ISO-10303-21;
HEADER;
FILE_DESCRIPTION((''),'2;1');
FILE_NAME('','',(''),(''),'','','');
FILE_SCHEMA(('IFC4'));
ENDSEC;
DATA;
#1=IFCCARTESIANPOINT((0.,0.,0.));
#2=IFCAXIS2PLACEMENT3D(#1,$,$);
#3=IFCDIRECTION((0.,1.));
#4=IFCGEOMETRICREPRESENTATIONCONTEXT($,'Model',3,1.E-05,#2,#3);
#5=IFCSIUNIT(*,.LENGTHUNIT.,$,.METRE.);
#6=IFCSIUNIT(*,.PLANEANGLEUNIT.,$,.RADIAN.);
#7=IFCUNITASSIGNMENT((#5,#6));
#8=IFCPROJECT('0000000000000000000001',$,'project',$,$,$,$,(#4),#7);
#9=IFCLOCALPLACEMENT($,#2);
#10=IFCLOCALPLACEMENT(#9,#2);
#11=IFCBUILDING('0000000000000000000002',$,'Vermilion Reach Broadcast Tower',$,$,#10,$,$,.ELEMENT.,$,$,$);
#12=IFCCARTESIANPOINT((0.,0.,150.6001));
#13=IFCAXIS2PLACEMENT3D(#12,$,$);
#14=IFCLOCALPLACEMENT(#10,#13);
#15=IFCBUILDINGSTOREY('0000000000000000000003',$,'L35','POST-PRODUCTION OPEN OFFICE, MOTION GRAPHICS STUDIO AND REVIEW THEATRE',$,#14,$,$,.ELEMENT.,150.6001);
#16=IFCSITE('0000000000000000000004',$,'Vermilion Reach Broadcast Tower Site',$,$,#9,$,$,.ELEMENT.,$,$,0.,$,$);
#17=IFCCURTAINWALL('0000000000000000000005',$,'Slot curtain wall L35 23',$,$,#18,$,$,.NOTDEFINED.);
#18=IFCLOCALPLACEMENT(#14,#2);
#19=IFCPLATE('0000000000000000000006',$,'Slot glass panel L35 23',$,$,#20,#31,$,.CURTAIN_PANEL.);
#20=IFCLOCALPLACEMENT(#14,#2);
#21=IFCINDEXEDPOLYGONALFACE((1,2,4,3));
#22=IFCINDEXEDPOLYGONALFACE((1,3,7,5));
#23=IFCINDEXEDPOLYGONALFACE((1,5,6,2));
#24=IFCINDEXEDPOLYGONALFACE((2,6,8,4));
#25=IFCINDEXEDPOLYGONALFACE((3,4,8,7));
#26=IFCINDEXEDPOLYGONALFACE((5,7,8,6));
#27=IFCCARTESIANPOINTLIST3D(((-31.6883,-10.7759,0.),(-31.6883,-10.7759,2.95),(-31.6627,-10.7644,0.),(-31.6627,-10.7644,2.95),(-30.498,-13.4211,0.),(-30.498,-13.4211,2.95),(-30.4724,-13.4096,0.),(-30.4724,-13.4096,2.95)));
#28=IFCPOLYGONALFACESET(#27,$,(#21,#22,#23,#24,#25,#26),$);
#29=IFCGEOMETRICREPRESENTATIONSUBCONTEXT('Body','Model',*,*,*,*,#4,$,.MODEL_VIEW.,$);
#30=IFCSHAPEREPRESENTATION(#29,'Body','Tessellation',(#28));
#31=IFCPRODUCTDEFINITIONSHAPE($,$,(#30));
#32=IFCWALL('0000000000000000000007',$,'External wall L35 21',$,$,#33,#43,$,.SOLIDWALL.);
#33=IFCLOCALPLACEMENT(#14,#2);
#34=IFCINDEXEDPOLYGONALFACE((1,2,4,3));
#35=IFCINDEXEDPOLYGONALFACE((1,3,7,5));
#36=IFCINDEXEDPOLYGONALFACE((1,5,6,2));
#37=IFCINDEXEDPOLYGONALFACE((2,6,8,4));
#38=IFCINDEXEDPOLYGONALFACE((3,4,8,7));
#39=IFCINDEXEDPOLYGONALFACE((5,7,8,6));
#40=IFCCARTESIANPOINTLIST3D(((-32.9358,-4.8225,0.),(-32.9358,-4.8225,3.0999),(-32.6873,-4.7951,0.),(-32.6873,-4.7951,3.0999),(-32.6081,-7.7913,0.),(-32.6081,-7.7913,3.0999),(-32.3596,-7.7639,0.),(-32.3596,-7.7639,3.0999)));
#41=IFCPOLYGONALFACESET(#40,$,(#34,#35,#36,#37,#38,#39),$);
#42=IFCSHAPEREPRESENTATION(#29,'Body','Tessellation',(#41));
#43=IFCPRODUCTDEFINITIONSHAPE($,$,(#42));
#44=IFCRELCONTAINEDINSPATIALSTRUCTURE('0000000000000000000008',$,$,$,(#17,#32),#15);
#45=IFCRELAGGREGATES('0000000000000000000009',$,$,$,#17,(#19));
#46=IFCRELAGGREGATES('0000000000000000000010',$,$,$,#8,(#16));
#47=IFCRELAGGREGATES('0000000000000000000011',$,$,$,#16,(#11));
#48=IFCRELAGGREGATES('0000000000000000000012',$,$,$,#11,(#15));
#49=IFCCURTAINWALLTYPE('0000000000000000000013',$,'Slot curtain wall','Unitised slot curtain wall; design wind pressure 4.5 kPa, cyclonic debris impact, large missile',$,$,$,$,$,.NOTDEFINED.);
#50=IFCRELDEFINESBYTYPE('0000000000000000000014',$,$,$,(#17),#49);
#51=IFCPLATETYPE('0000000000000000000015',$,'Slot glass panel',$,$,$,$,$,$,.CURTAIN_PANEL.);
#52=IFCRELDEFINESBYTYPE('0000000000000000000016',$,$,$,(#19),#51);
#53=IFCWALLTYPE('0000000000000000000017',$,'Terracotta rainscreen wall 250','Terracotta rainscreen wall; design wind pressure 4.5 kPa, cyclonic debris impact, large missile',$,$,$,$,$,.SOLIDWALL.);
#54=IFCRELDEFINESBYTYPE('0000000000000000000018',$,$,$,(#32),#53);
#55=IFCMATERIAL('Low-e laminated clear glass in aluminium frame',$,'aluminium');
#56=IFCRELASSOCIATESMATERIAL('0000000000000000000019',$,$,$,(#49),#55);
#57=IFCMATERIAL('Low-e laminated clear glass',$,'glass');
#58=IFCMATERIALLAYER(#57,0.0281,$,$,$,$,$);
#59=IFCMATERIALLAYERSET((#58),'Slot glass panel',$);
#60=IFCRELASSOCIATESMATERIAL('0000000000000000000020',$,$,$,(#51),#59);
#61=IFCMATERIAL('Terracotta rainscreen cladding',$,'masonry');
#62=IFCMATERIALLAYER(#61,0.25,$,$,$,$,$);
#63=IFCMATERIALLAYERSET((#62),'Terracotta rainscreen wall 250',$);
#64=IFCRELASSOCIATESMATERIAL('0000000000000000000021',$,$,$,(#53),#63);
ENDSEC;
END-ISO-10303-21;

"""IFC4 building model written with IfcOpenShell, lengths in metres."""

from ifc_helpers import new_model, si_unit, direction, frame, frame_2d, origin, origin_2d, place, context, subcontext, project, spatial, rectangle, extrude, material, layer, layer_set, type_object, element, aggregate, save


model = new_model("IFC4")

# Units and contexts
model_context = context("Model", 3, precision=1e-05, world=origin(), true_north=direction((0.0, 1.0)))
body_context = subcontext(model_context, "Body", "Model", "MODEL_VIEW")
ifc_project = project(units=[si_unit("LENGTHUNIT", "METRE"), si_unit("PLANEANGLEUNIT", "RADIAN")], contexts=[model_context])

# Site, building, storey
site_placement = place(None, origin())
site = spatial("IfcSite", under=ifc_project, at=site_placement, Name="Vermilion Reach Broadcast Tower Site", CompositionType="ELEMENT", RefElevation=0.0)
building_placement = place(site_placement, origin())
building = spatial("IfcBuilding", under=site, at=building_placement, Name="Vermilion Reach Broadcast Tower", CompositionType="ELEMENT")
storey_placement = place(building_placement, frame((0.0, 0.0, 150.6001)))
storey = spatial("IfcBuildingStorey", under=building, at=storey_placement, Name="L35", Description="POST-PRODUCTION OPEN OFFICE, MOTION GRAPHICS STUDIO AND REVIEW THEATRE", CompositionType="ELEMENT", Elevation=150.6001)

# Curtain wall
ifc_material_1 = material(Name="Low-e laminated clear glass in aluminium frame", Category="aluminium")
curtain_wall_type = type_object("IfcCurtainWallType", Name="Slot curtain wall", Description="Unitised slot curtain wall; design wind pressure 4.5 kPa, cyclonic debris impact, large missile", PredefinedType="NOTDEFINED", material=ifc_material_1)
placement = place(storey_placement, origin())
curtain_wall_1 = element("IfcCurtainWall", 1, at=placement, inside=storey, type_object=curtain_wall_type, Name="Slot curtain wall L35 23", PredefinedType="NOTDEFINED")

# Plate
ifc_material_2 = material(Name="Low-e laminated clear glass", Category="glass")
ifc_layer_1 = layer(ifc_material_2, 0.0281)
ifc_layer_set_1 = layer_set([ifc_layer_1], Name="Slot glass panel")
plate_type = type_object("IfcPlateType", Name="Slot glass panel", PredefinedType="CURTAIN_PANEL", material=ifc_layer_set_1)
plate_1_placement = place(storey_placement, frame((-31.0803, -12.0928, 0.0), z_axis=(0.0, 0.0, 1.0), x_axis=(0.410349, -0.911929, 0.0)))
plate_1 = element("IfcPlate", 2, at=plate_1_placement, type_object=plate_type, Name="Slot glass panel L35 23", PredefinedType="CURTAIN_PANEL", context=body_context, shape_type="SweptSolid", body=[
    extrude(rectangle(XDim=2.9006, YDim=0.0281, at=origin_2d()), origin(), (0.0, 0.0, 1.0), 2.95),
])
aggregate(curtain_wall_1, [plate_1])

# Shared definitions
ifc_material_3 = material(Name="Terracotta rainscreen cladding", Category="masonry")
ifc_layer_2 = layer(ifc_material_3, 0.25)
ifc_layer_set_2 = layer_set([ifc_layer_2], Name="Terracotta rainscreen wall 250")
wall_type = type_object("IfcWallType", Name="Terracotta rainscreen wall 250", Description="Terracotta rainscreen wall; design wind pressure 4.5 kPa, cyclonic debris impact, large missile", PredefinedType="SOLIDWALL", material=ifc_layer_set_2)

# Wall
wall_1_placement = place(storey_placement, frame((-32.8115, -4.8088, 0.0), z_axis=(0.0, 0.0, 1.0), x_axis=(0.109696, -0.993965, 0.0)))
element("IfcWall", 3, at=wall_1_placement, inside=storey, type_object=wall_type, Name="External wall L35 21", PredefinedType="SOLIDWALL", context=body_context, shape_type="SweptSolid", body=[
    extrude(rectangle(XDim=2.9868, YDim=0.25, at=frame_2d((1.4934, 0.0))), origin(), (0.0, 0.0, 1.0), 3.0999),
])

save(model, "model.ifc")
